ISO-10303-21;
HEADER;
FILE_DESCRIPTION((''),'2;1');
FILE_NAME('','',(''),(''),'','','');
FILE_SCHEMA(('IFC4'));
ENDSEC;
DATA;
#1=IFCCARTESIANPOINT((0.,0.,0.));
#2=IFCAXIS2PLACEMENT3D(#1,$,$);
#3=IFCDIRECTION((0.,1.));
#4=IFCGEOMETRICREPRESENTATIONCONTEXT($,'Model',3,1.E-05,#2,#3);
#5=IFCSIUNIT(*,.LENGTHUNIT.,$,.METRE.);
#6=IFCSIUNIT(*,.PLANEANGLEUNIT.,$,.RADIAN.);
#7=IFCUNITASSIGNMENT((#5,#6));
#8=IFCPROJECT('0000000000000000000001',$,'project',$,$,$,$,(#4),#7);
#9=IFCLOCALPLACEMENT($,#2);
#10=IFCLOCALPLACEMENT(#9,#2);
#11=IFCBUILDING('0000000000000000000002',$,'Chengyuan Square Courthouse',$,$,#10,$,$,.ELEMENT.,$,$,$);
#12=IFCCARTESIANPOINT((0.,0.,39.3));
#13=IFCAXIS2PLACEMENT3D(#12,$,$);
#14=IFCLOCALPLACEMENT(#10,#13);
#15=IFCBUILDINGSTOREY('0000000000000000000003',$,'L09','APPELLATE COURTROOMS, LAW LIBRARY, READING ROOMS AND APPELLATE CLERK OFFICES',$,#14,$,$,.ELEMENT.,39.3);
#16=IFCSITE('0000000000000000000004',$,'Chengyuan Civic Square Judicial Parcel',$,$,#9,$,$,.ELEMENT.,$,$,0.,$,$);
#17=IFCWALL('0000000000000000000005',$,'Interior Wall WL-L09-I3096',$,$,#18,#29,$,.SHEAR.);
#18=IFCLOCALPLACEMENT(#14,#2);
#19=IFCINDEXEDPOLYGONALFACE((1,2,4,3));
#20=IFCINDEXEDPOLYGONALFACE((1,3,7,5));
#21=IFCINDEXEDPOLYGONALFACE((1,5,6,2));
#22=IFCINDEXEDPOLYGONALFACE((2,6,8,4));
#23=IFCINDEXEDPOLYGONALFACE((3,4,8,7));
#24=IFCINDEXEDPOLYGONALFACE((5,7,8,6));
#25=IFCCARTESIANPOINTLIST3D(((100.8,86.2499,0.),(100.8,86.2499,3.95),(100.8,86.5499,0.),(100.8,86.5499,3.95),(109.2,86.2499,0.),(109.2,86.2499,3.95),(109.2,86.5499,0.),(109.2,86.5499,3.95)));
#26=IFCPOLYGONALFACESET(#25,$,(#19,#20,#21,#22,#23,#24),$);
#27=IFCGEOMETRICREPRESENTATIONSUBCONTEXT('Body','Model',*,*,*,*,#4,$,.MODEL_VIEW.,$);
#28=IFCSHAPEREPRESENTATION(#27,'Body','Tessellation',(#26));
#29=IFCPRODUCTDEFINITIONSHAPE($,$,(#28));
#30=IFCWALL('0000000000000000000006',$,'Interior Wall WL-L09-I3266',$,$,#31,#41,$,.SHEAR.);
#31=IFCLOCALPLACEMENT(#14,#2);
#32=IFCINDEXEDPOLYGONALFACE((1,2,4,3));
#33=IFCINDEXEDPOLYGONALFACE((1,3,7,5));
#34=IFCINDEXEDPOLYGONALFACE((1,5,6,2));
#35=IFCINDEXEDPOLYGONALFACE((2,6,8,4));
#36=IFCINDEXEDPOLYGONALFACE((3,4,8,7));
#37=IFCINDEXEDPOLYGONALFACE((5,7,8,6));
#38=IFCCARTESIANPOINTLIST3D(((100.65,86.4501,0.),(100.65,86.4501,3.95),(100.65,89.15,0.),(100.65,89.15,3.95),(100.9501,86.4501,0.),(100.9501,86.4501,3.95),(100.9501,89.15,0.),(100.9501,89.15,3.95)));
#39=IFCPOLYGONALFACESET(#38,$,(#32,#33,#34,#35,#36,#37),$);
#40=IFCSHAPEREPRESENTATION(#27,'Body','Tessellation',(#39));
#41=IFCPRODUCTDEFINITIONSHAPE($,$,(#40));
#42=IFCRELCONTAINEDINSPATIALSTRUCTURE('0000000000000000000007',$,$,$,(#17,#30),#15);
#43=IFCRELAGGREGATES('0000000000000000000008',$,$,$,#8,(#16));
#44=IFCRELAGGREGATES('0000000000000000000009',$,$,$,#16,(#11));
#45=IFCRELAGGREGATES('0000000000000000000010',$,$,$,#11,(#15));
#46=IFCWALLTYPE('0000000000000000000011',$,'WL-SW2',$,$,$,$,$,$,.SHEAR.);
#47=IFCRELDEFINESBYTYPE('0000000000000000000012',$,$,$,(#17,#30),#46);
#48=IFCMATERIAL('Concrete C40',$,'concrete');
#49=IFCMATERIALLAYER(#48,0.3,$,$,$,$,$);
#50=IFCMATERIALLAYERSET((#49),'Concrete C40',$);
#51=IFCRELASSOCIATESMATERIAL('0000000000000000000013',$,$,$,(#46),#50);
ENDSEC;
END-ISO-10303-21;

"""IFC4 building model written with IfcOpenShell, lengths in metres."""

from ifc_helpers import new_model, si_unit, direction, frame, frame_2d, origin, place, context, subcontext, project, spatial, rectangle, extrude, material, layer, layer_set, type_object, element, save


model = new_model("IFC4")

# Units and contexts
model_context = context("Model", 3, precision=1e-05, world=origin(), true_north=direction((0.0, 1.0)))
body_context = subcontext(model_context, "Body", "Model", "MODEL_VIEW")
ifc_project = project(units=[si_unit("LENGTHUNIT", "METRE"), si_unit("PLANEANGLEUNIT", "RADIAN")], contexts=[model_context])

# Site, building, storey
site_placement = place(None, origin())
site = spatial("IfcSite", under=ifc_project, at=site_placement, Name="Chengyuan Civic Square Judicial Parcel", CompositionType="ELEMENT", RefElevation=0.0)
building_placement = place(site_placement, origin())
building = spatial("IfcBuilding", under=site, at=building_placement, Name="Chengyuan Square Courthouse", CompositionType="ELEMENT")
storey_placement = place(building_placement, frame((0.0, 0.0, 39.3)))
storey = spatial("IfcBuildingStorey", under=building, at=storey_placement, Name="L09", Description="APPELLATE COURTROOMS, LAW LIBRARY, READING ROOMS AND APPELLATE CLERK OFFICES", CompositionType="ELEMENT", Elevation=39.3)

# Shared definitions
ifc_material_1 = material(Name="Concrete C40", Category="concrete")

# Walls
ifc_layer_1 = layer(ifc_material_1, 0.3)
ifc_layer_set_1 = layer_set([ifc_layer_1], Name="Concrete C40")
wall_type_1 = type_object("IfcWallType", Name="WL-SW2", PredefinedType="SHEAR", material=ifc_layer_set_1)
wall_1_placement = place(storey_placement, frame((100.8, 86.3999, 0.0), z_axis=(0.0, 0.0, 1.0), x_axis=(1.0, 0.0, 0.0)))
element("IfcWall", 1, at=wall_1_placement, inside=storey, type_object=wall_type_1, Name="Interior Wall WL-L09-I3096", PredefinedType="SHEAR", context=body_context, shape_type="SweptSolid", body=[
    extrude(rectangle(XDim=8.3999, YDim=0.3, at=frame_2d((4.2, 0.0))), origin(), (0.0, 0.0, 1.0), 3.95),
])
wall_2_placement = place(storey_placement, frame((100.8, 86.45, 0.0), z_axis=(0.0, 0.0, 1.0), x_axis=(0.0, 1.0, 0.0)))
element("IfcWall", 2, at=wall_2_placement, inside=storey, type_object=wall_type_1, Name="Interior Wall WL-L09-I3266", PredefinedType="SHEAR", context=body_context, shape_type="SweptSolid", body=[
    extrude(rectangle(XDim=2.7, YDim=0.3, at=frame_2d((1.3501, 0.0))), origin(), (0.0, 0.0, 1.0), 3.95),
])

save(model, "model.ifc")
